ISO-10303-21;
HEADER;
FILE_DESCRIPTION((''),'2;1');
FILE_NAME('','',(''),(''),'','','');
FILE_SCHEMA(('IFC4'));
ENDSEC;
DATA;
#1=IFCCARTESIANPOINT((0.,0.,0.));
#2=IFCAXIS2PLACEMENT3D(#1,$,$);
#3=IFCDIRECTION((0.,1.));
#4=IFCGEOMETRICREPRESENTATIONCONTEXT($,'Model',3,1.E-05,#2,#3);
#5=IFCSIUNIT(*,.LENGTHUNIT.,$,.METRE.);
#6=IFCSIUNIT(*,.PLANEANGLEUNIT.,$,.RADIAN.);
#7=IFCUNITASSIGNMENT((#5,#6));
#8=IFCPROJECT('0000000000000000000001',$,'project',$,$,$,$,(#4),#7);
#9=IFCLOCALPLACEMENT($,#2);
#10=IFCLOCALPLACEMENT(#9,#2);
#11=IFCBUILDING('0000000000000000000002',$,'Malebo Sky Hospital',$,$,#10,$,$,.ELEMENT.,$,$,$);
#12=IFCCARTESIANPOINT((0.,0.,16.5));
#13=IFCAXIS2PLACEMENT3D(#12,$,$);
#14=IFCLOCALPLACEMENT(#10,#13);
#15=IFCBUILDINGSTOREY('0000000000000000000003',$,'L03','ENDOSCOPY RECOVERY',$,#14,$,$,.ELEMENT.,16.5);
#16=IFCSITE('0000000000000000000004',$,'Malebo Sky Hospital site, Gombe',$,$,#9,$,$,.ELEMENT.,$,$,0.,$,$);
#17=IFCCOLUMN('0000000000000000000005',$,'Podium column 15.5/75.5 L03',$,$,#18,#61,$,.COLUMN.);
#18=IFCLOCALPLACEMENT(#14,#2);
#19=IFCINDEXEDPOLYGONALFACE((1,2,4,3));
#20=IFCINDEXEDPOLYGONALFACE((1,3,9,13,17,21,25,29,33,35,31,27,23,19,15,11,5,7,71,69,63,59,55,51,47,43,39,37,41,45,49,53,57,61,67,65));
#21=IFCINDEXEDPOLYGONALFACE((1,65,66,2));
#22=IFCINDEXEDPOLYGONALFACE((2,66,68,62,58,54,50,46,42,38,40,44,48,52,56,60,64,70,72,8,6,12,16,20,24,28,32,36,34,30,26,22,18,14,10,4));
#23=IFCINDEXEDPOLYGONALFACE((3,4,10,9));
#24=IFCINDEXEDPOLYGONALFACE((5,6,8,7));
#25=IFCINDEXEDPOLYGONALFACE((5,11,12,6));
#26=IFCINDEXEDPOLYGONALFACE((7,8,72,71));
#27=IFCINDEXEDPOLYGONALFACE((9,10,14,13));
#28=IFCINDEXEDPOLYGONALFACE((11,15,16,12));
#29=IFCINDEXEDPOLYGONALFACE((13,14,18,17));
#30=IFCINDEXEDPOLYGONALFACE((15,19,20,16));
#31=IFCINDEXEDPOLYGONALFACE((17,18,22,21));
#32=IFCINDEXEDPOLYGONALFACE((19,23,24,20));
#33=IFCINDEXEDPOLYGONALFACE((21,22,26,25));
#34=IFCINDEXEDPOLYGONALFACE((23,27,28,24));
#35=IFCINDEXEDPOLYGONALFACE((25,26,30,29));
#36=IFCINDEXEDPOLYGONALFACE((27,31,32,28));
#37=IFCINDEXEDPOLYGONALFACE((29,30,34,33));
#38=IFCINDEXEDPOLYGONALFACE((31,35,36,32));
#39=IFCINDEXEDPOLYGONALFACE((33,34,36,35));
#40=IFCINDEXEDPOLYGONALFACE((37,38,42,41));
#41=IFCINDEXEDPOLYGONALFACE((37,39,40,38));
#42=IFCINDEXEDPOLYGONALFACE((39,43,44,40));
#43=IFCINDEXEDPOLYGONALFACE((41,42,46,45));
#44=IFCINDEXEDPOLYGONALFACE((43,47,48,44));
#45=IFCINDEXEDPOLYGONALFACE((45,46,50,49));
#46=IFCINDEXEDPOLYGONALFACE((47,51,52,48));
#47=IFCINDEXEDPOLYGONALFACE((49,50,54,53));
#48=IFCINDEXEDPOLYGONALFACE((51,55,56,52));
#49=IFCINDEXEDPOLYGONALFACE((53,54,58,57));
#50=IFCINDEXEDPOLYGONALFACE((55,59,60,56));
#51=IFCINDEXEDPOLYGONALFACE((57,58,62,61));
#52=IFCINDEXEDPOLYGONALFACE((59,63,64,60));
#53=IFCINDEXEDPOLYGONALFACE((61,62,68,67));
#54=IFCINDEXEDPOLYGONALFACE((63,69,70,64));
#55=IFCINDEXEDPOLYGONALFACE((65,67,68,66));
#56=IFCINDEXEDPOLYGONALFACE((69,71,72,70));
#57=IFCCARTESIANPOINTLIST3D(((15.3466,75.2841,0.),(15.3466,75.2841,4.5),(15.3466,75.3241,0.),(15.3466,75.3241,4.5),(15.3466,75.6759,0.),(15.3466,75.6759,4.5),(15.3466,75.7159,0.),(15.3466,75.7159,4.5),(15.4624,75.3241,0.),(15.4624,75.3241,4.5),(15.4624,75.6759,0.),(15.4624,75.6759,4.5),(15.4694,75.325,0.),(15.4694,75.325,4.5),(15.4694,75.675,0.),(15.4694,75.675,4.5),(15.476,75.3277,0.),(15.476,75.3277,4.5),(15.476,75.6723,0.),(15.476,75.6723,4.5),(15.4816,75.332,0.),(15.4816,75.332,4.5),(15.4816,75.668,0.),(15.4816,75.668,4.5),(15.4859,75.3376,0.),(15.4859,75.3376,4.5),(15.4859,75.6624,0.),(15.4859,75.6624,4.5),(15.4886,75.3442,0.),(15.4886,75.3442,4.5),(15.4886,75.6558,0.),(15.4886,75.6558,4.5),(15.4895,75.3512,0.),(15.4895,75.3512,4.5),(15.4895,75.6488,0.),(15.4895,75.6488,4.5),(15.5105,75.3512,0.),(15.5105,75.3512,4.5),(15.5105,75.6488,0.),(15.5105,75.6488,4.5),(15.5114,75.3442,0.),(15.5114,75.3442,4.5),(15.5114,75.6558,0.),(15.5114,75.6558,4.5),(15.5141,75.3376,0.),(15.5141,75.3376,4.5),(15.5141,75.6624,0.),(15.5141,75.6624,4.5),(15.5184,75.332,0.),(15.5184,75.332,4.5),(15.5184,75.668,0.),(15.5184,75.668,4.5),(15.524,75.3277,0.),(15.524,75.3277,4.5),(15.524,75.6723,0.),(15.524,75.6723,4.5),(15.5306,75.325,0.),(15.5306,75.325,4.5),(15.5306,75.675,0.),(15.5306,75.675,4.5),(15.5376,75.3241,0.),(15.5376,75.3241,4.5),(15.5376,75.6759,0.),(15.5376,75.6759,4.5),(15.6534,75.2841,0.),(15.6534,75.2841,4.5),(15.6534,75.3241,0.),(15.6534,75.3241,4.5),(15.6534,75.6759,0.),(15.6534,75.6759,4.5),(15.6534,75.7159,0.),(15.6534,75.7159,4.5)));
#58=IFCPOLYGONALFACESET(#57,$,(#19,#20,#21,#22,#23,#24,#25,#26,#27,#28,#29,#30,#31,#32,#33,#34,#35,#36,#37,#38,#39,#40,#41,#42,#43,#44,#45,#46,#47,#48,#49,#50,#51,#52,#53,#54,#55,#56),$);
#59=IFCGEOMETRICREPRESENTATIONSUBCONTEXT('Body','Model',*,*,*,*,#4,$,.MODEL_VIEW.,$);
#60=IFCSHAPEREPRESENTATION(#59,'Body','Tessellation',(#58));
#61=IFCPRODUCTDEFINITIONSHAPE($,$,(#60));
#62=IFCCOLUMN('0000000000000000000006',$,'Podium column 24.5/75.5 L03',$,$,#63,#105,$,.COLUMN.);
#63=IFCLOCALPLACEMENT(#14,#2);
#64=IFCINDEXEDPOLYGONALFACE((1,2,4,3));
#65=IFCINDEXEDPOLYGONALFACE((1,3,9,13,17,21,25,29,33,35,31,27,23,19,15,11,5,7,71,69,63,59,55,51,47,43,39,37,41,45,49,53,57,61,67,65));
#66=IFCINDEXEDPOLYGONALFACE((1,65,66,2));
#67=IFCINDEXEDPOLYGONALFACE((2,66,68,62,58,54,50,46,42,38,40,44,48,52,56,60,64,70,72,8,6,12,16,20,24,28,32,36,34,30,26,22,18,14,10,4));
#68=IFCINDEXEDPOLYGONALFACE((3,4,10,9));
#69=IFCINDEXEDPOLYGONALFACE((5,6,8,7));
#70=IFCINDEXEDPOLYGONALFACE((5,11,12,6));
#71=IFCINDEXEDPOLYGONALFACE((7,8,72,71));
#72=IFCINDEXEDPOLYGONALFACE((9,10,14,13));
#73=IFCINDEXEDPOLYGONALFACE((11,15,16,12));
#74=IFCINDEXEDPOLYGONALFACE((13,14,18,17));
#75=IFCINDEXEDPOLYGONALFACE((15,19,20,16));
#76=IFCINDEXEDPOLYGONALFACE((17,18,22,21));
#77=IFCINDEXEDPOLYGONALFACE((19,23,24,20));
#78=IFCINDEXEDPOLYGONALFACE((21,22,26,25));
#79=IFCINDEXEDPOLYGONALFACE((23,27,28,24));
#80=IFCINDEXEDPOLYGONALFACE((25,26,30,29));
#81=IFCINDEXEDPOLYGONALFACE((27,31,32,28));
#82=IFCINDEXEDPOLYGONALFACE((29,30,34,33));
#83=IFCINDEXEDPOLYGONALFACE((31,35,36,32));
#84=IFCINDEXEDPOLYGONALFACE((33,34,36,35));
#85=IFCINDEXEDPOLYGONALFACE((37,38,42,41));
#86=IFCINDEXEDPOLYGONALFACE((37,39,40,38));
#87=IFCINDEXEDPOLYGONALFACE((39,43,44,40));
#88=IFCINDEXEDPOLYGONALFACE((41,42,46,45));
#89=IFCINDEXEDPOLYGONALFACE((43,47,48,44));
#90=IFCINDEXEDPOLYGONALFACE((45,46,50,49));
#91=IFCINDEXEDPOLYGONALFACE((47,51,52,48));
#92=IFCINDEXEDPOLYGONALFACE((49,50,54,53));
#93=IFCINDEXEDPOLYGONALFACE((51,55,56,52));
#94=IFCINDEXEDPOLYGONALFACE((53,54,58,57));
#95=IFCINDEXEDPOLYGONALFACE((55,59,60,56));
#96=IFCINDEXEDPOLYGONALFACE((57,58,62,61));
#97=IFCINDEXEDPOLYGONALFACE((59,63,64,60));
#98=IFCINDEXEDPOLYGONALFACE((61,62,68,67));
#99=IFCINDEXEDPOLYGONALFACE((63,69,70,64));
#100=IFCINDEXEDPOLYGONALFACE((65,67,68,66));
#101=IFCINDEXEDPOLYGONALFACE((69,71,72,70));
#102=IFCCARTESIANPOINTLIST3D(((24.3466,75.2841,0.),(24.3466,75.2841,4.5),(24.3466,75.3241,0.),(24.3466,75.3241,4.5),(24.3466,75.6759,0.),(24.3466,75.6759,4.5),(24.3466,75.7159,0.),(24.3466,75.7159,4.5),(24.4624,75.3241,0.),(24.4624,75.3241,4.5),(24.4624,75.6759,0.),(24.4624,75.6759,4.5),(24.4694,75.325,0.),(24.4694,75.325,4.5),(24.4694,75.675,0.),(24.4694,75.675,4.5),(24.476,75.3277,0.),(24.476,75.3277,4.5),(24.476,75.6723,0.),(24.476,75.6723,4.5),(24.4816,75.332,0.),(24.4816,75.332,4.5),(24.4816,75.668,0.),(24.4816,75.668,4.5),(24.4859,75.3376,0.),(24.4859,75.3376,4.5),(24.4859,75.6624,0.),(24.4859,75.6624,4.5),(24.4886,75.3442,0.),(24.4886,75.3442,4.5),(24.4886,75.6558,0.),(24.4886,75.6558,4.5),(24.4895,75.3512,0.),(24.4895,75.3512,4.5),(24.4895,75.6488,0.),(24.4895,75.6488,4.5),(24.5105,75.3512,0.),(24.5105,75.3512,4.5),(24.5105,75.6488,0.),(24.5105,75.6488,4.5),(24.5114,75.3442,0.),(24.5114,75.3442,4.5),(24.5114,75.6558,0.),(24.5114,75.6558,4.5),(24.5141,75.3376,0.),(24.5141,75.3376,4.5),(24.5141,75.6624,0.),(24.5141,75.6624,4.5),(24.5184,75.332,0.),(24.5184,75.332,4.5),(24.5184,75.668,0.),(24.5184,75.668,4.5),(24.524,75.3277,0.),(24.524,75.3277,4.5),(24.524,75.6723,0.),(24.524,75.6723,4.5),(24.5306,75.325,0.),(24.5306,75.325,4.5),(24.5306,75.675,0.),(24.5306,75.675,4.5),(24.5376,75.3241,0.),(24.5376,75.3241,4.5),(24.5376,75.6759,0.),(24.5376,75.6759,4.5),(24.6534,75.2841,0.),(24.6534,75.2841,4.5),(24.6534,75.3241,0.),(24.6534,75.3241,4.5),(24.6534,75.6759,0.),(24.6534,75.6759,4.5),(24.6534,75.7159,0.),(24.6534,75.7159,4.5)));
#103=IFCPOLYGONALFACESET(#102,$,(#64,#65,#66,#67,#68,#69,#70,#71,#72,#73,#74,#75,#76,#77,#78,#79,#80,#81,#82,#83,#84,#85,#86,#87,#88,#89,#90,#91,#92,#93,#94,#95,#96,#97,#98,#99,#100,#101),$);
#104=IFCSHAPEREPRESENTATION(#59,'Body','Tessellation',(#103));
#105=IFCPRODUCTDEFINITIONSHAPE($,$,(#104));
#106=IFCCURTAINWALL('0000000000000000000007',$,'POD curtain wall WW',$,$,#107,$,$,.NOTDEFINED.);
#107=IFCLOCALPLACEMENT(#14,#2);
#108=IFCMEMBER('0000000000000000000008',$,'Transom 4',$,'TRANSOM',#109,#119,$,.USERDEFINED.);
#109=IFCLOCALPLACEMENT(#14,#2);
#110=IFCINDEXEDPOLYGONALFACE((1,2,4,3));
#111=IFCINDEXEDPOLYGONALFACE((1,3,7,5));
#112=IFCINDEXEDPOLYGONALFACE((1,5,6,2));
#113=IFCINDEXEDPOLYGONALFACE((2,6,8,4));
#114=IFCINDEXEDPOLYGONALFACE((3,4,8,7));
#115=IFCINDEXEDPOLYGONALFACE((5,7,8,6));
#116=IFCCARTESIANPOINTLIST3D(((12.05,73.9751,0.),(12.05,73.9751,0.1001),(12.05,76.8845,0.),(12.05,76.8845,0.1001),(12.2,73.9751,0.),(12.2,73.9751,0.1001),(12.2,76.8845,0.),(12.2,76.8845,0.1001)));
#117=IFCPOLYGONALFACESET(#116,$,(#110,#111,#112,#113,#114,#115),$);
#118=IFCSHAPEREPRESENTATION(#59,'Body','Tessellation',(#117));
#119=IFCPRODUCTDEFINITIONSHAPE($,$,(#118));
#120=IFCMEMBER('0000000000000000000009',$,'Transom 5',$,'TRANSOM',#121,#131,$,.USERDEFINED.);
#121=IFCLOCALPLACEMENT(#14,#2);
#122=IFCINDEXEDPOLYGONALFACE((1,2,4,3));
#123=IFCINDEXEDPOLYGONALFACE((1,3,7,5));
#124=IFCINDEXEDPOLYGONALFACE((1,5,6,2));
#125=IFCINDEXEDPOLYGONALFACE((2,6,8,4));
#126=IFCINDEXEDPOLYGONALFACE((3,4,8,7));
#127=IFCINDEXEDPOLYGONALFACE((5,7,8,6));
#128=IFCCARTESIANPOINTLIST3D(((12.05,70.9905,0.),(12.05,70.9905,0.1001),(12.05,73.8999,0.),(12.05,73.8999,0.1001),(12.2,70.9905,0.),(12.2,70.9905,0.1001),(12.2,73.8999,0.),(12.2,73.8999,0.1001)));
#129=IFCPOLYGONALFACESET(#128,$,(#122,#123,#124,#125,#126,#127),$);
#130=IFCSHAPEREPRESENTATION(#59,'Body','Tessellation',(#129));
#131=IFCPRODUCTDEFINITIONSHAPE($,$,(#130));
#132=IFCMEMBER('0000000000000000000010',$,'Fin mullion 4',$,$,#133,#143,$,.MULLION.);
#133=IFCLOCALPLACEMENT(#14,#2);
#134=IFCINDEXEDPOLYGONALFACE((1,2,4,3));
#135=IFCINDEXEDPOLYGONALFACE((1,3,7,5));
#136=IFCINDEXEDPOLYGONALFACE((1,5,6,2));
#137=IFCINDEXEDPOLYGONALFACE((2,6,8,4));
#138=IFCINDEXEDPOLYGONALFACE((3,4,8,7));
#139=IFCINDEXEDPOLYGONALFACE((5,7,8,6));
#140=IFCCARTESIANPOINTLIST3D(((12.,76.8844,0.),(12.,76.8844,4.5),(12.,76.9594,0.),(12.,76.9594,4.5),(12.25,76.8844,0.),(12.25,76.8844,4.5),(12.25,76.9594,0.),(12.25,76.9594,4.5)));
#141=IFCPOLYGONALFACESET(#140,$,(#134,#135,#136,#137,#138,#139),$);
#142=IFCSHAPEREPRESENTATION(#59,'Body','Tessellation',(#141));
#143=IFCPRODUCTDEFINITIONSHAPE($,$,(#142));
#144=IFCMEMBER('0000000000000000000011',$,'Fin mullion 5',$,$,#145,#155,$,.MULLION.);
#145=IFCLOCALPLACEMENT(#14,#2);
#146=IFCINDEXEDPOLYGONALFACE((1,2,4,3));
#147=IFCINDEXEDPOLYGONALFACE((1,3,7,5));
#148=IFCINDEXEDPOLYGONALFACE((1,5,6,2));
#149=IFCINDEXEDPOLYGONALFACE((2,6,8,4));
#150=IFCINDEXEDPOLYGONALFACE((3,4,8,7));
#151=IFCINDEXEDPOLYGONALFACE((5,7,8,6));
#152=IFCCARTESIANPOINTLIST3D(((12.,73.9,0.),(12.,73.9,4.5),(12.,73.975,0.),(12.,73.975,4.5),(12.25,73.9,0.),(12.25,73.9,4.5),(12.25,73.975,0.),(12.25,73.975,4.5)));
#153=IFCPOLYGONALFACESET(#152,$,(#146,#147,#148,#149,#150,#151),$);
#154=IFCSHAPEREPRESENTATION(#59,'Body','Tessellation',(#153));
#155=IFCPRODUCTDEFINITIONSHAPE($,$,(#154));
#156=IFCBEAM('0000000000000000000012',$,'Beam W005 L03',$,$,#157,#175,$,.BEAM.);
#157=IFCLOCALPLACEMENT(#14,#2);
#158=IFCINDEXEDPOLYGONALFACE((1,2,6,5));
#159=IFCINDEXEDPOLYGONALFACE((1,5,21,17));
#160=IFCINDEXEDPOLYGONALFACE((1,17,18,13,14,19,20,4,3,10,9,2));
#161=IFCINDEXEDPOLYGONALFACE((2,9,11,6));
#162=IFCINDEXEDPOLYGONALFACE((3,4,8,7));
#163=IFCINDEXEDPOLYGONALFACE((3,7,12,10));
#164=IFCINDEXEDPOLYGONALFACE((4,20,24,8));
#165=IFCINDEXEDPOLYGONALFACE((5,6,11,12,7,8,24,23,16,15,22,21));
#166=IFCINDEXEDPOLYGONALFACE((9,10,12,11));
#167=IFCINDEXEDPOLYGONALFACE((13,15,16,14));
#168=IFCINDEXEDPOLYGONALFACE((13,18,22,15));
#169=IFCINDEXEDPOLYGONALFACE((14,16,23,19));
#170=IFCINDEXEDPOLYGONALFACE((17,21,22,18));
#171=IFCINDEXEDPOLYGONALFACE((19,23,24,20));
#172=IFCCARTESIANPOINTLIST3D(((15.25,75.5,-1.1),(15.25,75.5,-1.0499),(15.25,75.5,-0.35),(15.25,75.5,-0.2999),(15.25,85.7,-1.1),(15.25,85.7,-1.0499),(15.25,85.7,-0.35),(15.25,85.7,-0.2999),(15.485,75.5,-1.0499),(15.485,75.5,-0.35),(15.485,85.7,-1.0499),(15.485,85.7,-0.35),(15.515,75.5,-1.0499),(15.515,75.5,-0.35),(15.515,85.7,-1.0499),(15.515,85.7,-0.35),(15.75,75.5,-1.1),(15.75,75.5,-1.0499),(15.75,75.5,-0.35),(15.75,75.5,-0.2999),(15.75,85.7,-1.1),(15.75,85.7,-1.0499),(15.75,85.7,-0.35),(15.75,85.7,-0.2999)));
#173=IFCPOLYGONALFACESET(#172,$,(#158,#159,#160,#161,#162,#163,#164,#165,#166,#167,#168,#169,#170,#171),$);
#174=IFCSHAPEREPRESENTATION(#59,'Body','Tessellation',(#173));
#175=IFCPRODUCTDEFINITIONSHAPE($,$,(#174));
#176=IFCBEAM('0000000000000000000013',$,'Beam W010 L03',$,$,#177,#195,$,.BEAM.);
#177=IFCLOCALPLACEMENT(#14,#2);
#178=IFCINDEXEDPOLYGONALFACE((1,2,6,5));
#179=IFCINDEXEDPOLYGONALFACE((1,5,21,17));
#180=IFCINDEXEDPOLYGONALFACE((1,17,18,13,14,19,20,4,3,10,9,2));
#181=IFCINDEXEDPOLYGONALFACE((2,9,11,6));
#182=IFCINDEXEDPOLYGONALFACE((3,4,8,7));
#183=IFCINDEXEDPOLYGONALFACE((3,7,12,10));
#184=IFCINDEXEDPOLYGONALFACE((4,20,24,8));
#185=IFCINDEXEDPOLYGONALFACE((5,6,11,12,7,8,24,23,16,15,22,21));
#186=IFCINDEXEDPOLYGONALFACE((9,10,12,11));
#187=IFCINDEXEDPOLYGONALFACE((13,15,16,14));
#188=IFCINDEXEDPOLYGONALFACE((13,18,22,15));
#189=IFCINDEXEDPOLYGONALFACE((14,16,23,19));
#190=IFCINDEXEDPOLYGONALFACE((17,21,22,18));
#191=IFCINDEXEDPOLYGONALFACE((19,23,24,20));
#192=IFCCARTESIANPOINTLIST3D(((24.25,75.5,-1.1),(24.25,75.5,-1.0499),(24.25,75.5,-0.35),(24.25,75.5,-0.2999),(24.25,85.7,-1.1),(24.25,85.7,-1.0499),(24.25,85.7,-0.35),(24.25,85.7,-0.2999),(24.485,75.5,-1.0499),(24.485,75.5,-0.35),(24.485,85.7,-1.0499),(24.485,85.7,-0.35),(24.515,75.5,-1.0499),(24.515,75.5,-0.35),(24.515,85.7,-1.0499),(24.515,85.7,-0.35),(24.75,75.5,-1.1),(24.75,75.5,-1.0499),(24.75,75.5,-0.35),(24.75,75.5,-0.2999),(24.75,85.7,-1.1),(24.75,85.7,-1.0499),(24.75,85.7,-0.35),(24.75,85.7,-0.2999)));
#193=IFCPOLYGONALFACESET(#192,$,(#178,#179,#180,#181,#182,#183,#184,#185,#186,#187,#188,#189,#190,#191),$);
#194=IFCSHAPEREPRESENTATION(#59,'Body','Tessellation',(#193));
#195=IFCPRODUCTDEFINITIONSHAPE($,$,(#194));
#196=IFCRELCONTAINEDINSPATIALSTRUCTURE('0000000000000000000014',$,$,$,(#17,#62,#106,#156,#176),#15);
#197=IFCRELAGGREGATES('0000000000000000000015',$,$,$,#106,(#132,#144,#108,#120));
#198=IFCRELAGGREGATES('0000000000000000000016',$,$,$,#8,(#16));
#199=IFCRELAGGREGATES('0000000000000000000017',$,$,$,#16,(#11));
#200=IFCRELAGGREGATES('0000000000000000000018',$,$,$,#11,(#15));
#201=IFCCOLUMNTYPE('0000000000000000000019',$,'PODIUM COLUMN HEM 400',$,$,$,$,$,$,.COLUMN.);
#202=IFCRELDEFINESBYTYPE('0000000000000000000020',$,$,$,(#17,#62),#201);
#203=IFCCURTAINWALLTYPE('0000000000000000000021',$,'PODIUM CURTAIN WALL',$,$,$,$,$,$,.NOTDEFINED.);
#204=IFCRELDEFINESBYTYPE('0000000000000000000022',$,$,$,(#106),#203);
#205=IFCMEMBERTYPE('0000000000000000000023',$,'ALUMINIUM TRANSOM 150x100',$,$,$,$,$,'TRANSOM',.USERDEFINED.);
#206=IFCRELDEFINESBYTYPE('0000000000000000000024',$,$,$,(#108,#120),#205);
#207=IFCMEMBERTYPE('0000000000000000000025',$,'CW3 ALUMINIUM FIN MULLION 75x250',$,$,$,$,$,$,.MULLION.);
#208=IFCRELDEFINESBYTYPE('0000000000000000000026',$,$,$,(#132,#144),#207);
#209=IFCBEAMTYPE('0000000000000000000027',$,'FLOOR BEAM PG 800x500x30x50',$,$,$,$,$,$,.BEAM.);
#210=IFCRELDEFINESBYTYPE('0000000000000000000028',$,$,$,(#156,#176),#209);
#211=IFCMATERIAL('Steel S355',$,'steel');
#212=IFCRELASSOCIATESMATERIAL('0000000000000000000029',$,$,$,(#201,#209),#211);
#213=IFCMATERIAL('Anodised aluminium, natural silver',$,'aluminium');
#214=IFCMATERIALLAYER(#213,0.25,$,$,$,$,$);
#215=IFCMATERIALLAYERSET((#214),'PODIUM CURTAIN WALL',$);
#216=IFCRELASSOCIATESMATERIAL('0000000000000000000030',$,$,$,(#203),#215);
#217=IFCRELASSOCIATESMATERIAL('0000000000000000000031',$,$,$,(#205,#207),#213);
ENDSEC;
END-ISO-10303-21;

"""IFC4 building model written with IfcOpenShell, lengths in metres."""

from ifc_helpers import new_model, si_unit, direction, frame, origin, origin_2d, place, context, subcontext, project, spatial, rectangle, i_section, extrude, material, layer, layer_set, material_profile, profile_set, type_object, element, aggregate, save


model = new_model("IFC4")

# Units and contexts
model_context = context("Model", 3, precision=1e-05, world=origin(), true_north=direction((0.0, 1.0)))
body_context = subcontext(model_context, "Body", "Model", "MODEL_VIEW")
ifc_project = project(units=[si_unit("LENGTHUNIT", "METRE"), si_unit("PLANEANGLEUNIT", "RADIAN")], contexts=[model_context])

# Site, building, storey
site_placement = place(None, origin())
site = spatial("IfcSite", under=ifc_project, at=site_placement, Name="Malebo Sky Hospital site, Gombe", CompositionType="ELEMENT", RefElevation=0.0)
building_placement = place(site_placement, origin())
building = spatial("IfcBuilding", under=site, at=building_placement, Name="Malebo Sky Hospital", CompositionType="ELEMENT")
storey_placement = place(building_placement, frame((0.0, 0.0, 16.5)))
storey = spatial("IfcBuildingStorey", under=building, at=storey_placement, Name="L03", Description="ENDOSCOPY RECOVERY", CompositionType="ELEMENT", Elevation=16.5)

# Columns
ifc_material_1 = material(Name="Steel S355", Category="steel")
ifc_material_profile_1 = material_profile(ifc_material_1, i_section(OverallWidth=0.3069, OverallDepth=0.4319, WebThickness=0.021, FlangeThickness=0.04, FilletRadius=0.0271, at=origin_2d()), Name="HEM 400")
ifc_profile_set_1 = profile_set([ifc_material_profile_1], Name="Steel S355")
column_type = type_object("IfcColumnType", Name="PODIUM COLUMN HEM 400", PredefinedType="COLUMN", material=ifc_profile_set_1)
for number, where, z_axis, x_axis, name in (
    (1, (15.5, 75.5, 0.0), (0.0, 0.0, 1.0), (1.0, 0.0, 0.0), "Podium column 15.5/75.5 L03"),
    (2, (24.5, 75.5, 0.0), (0.0, 0.0, 1.0), (1.0, 0.0, 0.0), "Podium column 24.5/75.5 L03"),
):
    element("IfcColumn", number, at=place(storey_placement, frame(where, z_axis=z_axis, x_axis=x_axis)), inside=storey, type_object=column_type, Name=name, PredefinedType="COLUMN", context=body_context, shape_type="SweptSolid", body=[
        extrude(i_section(OverallWidth=0.3069, OverallDepth=0.4319, WebThickness=0.021, FlangeThickness=0.04, FilletRadius=0.0271, at=origin_2d()), origin(), (0.0, 0.0, 1.0), 4.5),
    ])

# Curtain wall, members
ifc_material_2 = material(Name="Anodised aluminium, natural silver", Category="aluminium")
ifc_layer_1 = layer(ifc_material_2, 0.25)
ifc_layer_set_1 = layer_set([ifc_layer_1], Name="PODIUM CURTAIN WALL")
curtain_wall_type = type_object("IfcCurtainWallType", Name="PODIUM CURTAIN WALL", PredefinedType="NOTDEFINED", material=ifc_layer_set_1)
curtain_wall_placement = place(storey_placement, origin())
curtain_wall = element("IfcCurtainWall", 3, at=curtain_wall_placement, inside=storey, type_object=curtain_wall_type, Name="POD curtain wall WW", PredefinedType="NOTDEFINED")
ifc_material_profile_2 = material_profile(ifc_material_2, rectangle(XDim=0.1499, YDim=0.1001, at=origin_2d()), Name="ALUMINIUM TRANSOM 150x100")
ifc_profile_set_2 = profile_set([ifc_material_profile_2], Name="Anodised aluminium, natural silver")
member_type_1 = type_object("IfcMemberType", Name="ALUMINIUM TRANSOM 150x100", ElementType="TRANSOM", PredefinedType="USERDEFINED", material=ifc_profile_set_2)
member_1_placement = place(storey_placement, frame((12.125, 76.8845, 0.05), z_axis=(0.0, -1.0, 0.0), x_axis=(1.0, 0.0, 0.0)))
member_1 = element("IfcMember", 4, at=member_1_placement, type_object=member_type_1, Name="Transom 4", ObjectType="TRANSOM", PredefinedType="USERDEFINED", context=body_context, shape_type="SweptSolid", body=[
    extrude(rectangle(XDim=0.1499, YDim=0.1001, at=origin_2d()), origin(), (0.0, 0.0, 1.0), 2.9094),
])
member_2_placement = place(storey_placement, frame((12.125, 73.8999, 0.05), z_axis=(0.0, -1.0, 0.0), x_axis=(1.0, 0.0, 0.0)))
member_2 = element("IfcMember", 5, at=member_2_placement, type_object=member_type_1, Name="Transom 5", ObjectType="TRANSOM", PredefinedType="USERDEFINED", context=body_context, shape_type="SweptSolid", body=[
    extrude(rectangle(XDim=0.1499, YDim=0.1001, at=origin_2d()), origin(), (0.0, 0.0, 1.0), 2.9094),
])
ifc_material_profile_3 = material_profile(ifc_material_2, rectangle(XDim=0.075, YDim=0.25, at=origin_2d()), Name="CW3 ALUMINIUM FIN MULLION 75x250")
ifc_profile_set_3 = profile_set([ifc_material_profile_3], Name="Anodised aluminium, natural silver")
member_type_2 = type_object("IfcMemberType", Name="CW3 ALUMINIUM FIN MULLION 75x250", PredefinedType="MULLION", material=ifc_profile_set_3)
member_3_placement = place(storey_placement, frame((12.125, 76.9219, 0.0), z_axis=(0.0, 0.0, 1.0), x_axis=(0.0, -1.0, 0.0)))
member_3 = element("IfcMember", 6, at=member_3_placement, type_object=member_type_2, Name="Fin mullion 4", PredefinedType="MULLION", context=body_context, shape_type="SweptSolid", body=[
    extrude(rectangle(XDim=0.075, YDim=0.25, at=origin_2d()), origin(), (0.0, 0.0, 1.0), 4.5),
])
member_4_placement = place(storey_placement, frame((12.125, 73.9375, 0.0), z_axis=(0.0, 0.0, 1.0), x_axis=(0.0, -1.0, 0.0)))
member_4 = element("IfcMember", 7, at=member_4_placement, type_object=member_type_2, Name="Fin mullion 5", PredefinedType="MULLION", context=body_context, shape_type="SweptSolid", body=[
    extrude(rectangle(XDim=0.075, YDim=0.25, at=origin_2d()), origin(), (0.0, 0.0, 1.0), 4.5),
])

# Beams
ifc_material_profile_4 = material_profile(ifc_material_1, i_section(OverallWidth=0.5, OverallDepth=0.8, WebThickness=0.03, FlangeThickness=0.05, at=origin_2d()), Name="PG 800x500x30x50")
ifc_profile_set_4 = profile_set([ifc_material_profile_4], Name="Steel S355")
beam_type = type_object("IfcBeamType", Name="FLOOR BEAM PG 800x500x30x50", PredefinedType="BEAM", material=ifc_profile_set_4)
for number, where, z_axis, x_axis, name in (
    (8, (15.5, 75.5, -0.7), (0.0, 1.0, 0.0), (-1.0, 0.0, 0.0), "Beam W005 L03"),
    (9, (24.5, 75.5, -0.7), (0.0, 1.0, 0.0), (-1.0, 0.0, 0.0), "Beam W010 L03"),
):
    element("IfcBeam", number, at=place(storey_placement, frame(where, z_axis=z_axis, x_axis=x_axis)), inside=storey, type_object=beam_type, Name=name, PredefinedType="BEAM", context=body_context, shape_type="SweptSolid", body=[
        extrude(i_section(OverallWidth=0.5, OverallDepth=0.8, WebThickness=0.03, FlangeThickness=0.05, at=origin_2d()), origin(), (0.0, 0.0, 1.0), 10.2),
    ])

aggregate(curtain_wall, [member_3, member_4, member_1, member_2])

save(model, "model.ifc")
